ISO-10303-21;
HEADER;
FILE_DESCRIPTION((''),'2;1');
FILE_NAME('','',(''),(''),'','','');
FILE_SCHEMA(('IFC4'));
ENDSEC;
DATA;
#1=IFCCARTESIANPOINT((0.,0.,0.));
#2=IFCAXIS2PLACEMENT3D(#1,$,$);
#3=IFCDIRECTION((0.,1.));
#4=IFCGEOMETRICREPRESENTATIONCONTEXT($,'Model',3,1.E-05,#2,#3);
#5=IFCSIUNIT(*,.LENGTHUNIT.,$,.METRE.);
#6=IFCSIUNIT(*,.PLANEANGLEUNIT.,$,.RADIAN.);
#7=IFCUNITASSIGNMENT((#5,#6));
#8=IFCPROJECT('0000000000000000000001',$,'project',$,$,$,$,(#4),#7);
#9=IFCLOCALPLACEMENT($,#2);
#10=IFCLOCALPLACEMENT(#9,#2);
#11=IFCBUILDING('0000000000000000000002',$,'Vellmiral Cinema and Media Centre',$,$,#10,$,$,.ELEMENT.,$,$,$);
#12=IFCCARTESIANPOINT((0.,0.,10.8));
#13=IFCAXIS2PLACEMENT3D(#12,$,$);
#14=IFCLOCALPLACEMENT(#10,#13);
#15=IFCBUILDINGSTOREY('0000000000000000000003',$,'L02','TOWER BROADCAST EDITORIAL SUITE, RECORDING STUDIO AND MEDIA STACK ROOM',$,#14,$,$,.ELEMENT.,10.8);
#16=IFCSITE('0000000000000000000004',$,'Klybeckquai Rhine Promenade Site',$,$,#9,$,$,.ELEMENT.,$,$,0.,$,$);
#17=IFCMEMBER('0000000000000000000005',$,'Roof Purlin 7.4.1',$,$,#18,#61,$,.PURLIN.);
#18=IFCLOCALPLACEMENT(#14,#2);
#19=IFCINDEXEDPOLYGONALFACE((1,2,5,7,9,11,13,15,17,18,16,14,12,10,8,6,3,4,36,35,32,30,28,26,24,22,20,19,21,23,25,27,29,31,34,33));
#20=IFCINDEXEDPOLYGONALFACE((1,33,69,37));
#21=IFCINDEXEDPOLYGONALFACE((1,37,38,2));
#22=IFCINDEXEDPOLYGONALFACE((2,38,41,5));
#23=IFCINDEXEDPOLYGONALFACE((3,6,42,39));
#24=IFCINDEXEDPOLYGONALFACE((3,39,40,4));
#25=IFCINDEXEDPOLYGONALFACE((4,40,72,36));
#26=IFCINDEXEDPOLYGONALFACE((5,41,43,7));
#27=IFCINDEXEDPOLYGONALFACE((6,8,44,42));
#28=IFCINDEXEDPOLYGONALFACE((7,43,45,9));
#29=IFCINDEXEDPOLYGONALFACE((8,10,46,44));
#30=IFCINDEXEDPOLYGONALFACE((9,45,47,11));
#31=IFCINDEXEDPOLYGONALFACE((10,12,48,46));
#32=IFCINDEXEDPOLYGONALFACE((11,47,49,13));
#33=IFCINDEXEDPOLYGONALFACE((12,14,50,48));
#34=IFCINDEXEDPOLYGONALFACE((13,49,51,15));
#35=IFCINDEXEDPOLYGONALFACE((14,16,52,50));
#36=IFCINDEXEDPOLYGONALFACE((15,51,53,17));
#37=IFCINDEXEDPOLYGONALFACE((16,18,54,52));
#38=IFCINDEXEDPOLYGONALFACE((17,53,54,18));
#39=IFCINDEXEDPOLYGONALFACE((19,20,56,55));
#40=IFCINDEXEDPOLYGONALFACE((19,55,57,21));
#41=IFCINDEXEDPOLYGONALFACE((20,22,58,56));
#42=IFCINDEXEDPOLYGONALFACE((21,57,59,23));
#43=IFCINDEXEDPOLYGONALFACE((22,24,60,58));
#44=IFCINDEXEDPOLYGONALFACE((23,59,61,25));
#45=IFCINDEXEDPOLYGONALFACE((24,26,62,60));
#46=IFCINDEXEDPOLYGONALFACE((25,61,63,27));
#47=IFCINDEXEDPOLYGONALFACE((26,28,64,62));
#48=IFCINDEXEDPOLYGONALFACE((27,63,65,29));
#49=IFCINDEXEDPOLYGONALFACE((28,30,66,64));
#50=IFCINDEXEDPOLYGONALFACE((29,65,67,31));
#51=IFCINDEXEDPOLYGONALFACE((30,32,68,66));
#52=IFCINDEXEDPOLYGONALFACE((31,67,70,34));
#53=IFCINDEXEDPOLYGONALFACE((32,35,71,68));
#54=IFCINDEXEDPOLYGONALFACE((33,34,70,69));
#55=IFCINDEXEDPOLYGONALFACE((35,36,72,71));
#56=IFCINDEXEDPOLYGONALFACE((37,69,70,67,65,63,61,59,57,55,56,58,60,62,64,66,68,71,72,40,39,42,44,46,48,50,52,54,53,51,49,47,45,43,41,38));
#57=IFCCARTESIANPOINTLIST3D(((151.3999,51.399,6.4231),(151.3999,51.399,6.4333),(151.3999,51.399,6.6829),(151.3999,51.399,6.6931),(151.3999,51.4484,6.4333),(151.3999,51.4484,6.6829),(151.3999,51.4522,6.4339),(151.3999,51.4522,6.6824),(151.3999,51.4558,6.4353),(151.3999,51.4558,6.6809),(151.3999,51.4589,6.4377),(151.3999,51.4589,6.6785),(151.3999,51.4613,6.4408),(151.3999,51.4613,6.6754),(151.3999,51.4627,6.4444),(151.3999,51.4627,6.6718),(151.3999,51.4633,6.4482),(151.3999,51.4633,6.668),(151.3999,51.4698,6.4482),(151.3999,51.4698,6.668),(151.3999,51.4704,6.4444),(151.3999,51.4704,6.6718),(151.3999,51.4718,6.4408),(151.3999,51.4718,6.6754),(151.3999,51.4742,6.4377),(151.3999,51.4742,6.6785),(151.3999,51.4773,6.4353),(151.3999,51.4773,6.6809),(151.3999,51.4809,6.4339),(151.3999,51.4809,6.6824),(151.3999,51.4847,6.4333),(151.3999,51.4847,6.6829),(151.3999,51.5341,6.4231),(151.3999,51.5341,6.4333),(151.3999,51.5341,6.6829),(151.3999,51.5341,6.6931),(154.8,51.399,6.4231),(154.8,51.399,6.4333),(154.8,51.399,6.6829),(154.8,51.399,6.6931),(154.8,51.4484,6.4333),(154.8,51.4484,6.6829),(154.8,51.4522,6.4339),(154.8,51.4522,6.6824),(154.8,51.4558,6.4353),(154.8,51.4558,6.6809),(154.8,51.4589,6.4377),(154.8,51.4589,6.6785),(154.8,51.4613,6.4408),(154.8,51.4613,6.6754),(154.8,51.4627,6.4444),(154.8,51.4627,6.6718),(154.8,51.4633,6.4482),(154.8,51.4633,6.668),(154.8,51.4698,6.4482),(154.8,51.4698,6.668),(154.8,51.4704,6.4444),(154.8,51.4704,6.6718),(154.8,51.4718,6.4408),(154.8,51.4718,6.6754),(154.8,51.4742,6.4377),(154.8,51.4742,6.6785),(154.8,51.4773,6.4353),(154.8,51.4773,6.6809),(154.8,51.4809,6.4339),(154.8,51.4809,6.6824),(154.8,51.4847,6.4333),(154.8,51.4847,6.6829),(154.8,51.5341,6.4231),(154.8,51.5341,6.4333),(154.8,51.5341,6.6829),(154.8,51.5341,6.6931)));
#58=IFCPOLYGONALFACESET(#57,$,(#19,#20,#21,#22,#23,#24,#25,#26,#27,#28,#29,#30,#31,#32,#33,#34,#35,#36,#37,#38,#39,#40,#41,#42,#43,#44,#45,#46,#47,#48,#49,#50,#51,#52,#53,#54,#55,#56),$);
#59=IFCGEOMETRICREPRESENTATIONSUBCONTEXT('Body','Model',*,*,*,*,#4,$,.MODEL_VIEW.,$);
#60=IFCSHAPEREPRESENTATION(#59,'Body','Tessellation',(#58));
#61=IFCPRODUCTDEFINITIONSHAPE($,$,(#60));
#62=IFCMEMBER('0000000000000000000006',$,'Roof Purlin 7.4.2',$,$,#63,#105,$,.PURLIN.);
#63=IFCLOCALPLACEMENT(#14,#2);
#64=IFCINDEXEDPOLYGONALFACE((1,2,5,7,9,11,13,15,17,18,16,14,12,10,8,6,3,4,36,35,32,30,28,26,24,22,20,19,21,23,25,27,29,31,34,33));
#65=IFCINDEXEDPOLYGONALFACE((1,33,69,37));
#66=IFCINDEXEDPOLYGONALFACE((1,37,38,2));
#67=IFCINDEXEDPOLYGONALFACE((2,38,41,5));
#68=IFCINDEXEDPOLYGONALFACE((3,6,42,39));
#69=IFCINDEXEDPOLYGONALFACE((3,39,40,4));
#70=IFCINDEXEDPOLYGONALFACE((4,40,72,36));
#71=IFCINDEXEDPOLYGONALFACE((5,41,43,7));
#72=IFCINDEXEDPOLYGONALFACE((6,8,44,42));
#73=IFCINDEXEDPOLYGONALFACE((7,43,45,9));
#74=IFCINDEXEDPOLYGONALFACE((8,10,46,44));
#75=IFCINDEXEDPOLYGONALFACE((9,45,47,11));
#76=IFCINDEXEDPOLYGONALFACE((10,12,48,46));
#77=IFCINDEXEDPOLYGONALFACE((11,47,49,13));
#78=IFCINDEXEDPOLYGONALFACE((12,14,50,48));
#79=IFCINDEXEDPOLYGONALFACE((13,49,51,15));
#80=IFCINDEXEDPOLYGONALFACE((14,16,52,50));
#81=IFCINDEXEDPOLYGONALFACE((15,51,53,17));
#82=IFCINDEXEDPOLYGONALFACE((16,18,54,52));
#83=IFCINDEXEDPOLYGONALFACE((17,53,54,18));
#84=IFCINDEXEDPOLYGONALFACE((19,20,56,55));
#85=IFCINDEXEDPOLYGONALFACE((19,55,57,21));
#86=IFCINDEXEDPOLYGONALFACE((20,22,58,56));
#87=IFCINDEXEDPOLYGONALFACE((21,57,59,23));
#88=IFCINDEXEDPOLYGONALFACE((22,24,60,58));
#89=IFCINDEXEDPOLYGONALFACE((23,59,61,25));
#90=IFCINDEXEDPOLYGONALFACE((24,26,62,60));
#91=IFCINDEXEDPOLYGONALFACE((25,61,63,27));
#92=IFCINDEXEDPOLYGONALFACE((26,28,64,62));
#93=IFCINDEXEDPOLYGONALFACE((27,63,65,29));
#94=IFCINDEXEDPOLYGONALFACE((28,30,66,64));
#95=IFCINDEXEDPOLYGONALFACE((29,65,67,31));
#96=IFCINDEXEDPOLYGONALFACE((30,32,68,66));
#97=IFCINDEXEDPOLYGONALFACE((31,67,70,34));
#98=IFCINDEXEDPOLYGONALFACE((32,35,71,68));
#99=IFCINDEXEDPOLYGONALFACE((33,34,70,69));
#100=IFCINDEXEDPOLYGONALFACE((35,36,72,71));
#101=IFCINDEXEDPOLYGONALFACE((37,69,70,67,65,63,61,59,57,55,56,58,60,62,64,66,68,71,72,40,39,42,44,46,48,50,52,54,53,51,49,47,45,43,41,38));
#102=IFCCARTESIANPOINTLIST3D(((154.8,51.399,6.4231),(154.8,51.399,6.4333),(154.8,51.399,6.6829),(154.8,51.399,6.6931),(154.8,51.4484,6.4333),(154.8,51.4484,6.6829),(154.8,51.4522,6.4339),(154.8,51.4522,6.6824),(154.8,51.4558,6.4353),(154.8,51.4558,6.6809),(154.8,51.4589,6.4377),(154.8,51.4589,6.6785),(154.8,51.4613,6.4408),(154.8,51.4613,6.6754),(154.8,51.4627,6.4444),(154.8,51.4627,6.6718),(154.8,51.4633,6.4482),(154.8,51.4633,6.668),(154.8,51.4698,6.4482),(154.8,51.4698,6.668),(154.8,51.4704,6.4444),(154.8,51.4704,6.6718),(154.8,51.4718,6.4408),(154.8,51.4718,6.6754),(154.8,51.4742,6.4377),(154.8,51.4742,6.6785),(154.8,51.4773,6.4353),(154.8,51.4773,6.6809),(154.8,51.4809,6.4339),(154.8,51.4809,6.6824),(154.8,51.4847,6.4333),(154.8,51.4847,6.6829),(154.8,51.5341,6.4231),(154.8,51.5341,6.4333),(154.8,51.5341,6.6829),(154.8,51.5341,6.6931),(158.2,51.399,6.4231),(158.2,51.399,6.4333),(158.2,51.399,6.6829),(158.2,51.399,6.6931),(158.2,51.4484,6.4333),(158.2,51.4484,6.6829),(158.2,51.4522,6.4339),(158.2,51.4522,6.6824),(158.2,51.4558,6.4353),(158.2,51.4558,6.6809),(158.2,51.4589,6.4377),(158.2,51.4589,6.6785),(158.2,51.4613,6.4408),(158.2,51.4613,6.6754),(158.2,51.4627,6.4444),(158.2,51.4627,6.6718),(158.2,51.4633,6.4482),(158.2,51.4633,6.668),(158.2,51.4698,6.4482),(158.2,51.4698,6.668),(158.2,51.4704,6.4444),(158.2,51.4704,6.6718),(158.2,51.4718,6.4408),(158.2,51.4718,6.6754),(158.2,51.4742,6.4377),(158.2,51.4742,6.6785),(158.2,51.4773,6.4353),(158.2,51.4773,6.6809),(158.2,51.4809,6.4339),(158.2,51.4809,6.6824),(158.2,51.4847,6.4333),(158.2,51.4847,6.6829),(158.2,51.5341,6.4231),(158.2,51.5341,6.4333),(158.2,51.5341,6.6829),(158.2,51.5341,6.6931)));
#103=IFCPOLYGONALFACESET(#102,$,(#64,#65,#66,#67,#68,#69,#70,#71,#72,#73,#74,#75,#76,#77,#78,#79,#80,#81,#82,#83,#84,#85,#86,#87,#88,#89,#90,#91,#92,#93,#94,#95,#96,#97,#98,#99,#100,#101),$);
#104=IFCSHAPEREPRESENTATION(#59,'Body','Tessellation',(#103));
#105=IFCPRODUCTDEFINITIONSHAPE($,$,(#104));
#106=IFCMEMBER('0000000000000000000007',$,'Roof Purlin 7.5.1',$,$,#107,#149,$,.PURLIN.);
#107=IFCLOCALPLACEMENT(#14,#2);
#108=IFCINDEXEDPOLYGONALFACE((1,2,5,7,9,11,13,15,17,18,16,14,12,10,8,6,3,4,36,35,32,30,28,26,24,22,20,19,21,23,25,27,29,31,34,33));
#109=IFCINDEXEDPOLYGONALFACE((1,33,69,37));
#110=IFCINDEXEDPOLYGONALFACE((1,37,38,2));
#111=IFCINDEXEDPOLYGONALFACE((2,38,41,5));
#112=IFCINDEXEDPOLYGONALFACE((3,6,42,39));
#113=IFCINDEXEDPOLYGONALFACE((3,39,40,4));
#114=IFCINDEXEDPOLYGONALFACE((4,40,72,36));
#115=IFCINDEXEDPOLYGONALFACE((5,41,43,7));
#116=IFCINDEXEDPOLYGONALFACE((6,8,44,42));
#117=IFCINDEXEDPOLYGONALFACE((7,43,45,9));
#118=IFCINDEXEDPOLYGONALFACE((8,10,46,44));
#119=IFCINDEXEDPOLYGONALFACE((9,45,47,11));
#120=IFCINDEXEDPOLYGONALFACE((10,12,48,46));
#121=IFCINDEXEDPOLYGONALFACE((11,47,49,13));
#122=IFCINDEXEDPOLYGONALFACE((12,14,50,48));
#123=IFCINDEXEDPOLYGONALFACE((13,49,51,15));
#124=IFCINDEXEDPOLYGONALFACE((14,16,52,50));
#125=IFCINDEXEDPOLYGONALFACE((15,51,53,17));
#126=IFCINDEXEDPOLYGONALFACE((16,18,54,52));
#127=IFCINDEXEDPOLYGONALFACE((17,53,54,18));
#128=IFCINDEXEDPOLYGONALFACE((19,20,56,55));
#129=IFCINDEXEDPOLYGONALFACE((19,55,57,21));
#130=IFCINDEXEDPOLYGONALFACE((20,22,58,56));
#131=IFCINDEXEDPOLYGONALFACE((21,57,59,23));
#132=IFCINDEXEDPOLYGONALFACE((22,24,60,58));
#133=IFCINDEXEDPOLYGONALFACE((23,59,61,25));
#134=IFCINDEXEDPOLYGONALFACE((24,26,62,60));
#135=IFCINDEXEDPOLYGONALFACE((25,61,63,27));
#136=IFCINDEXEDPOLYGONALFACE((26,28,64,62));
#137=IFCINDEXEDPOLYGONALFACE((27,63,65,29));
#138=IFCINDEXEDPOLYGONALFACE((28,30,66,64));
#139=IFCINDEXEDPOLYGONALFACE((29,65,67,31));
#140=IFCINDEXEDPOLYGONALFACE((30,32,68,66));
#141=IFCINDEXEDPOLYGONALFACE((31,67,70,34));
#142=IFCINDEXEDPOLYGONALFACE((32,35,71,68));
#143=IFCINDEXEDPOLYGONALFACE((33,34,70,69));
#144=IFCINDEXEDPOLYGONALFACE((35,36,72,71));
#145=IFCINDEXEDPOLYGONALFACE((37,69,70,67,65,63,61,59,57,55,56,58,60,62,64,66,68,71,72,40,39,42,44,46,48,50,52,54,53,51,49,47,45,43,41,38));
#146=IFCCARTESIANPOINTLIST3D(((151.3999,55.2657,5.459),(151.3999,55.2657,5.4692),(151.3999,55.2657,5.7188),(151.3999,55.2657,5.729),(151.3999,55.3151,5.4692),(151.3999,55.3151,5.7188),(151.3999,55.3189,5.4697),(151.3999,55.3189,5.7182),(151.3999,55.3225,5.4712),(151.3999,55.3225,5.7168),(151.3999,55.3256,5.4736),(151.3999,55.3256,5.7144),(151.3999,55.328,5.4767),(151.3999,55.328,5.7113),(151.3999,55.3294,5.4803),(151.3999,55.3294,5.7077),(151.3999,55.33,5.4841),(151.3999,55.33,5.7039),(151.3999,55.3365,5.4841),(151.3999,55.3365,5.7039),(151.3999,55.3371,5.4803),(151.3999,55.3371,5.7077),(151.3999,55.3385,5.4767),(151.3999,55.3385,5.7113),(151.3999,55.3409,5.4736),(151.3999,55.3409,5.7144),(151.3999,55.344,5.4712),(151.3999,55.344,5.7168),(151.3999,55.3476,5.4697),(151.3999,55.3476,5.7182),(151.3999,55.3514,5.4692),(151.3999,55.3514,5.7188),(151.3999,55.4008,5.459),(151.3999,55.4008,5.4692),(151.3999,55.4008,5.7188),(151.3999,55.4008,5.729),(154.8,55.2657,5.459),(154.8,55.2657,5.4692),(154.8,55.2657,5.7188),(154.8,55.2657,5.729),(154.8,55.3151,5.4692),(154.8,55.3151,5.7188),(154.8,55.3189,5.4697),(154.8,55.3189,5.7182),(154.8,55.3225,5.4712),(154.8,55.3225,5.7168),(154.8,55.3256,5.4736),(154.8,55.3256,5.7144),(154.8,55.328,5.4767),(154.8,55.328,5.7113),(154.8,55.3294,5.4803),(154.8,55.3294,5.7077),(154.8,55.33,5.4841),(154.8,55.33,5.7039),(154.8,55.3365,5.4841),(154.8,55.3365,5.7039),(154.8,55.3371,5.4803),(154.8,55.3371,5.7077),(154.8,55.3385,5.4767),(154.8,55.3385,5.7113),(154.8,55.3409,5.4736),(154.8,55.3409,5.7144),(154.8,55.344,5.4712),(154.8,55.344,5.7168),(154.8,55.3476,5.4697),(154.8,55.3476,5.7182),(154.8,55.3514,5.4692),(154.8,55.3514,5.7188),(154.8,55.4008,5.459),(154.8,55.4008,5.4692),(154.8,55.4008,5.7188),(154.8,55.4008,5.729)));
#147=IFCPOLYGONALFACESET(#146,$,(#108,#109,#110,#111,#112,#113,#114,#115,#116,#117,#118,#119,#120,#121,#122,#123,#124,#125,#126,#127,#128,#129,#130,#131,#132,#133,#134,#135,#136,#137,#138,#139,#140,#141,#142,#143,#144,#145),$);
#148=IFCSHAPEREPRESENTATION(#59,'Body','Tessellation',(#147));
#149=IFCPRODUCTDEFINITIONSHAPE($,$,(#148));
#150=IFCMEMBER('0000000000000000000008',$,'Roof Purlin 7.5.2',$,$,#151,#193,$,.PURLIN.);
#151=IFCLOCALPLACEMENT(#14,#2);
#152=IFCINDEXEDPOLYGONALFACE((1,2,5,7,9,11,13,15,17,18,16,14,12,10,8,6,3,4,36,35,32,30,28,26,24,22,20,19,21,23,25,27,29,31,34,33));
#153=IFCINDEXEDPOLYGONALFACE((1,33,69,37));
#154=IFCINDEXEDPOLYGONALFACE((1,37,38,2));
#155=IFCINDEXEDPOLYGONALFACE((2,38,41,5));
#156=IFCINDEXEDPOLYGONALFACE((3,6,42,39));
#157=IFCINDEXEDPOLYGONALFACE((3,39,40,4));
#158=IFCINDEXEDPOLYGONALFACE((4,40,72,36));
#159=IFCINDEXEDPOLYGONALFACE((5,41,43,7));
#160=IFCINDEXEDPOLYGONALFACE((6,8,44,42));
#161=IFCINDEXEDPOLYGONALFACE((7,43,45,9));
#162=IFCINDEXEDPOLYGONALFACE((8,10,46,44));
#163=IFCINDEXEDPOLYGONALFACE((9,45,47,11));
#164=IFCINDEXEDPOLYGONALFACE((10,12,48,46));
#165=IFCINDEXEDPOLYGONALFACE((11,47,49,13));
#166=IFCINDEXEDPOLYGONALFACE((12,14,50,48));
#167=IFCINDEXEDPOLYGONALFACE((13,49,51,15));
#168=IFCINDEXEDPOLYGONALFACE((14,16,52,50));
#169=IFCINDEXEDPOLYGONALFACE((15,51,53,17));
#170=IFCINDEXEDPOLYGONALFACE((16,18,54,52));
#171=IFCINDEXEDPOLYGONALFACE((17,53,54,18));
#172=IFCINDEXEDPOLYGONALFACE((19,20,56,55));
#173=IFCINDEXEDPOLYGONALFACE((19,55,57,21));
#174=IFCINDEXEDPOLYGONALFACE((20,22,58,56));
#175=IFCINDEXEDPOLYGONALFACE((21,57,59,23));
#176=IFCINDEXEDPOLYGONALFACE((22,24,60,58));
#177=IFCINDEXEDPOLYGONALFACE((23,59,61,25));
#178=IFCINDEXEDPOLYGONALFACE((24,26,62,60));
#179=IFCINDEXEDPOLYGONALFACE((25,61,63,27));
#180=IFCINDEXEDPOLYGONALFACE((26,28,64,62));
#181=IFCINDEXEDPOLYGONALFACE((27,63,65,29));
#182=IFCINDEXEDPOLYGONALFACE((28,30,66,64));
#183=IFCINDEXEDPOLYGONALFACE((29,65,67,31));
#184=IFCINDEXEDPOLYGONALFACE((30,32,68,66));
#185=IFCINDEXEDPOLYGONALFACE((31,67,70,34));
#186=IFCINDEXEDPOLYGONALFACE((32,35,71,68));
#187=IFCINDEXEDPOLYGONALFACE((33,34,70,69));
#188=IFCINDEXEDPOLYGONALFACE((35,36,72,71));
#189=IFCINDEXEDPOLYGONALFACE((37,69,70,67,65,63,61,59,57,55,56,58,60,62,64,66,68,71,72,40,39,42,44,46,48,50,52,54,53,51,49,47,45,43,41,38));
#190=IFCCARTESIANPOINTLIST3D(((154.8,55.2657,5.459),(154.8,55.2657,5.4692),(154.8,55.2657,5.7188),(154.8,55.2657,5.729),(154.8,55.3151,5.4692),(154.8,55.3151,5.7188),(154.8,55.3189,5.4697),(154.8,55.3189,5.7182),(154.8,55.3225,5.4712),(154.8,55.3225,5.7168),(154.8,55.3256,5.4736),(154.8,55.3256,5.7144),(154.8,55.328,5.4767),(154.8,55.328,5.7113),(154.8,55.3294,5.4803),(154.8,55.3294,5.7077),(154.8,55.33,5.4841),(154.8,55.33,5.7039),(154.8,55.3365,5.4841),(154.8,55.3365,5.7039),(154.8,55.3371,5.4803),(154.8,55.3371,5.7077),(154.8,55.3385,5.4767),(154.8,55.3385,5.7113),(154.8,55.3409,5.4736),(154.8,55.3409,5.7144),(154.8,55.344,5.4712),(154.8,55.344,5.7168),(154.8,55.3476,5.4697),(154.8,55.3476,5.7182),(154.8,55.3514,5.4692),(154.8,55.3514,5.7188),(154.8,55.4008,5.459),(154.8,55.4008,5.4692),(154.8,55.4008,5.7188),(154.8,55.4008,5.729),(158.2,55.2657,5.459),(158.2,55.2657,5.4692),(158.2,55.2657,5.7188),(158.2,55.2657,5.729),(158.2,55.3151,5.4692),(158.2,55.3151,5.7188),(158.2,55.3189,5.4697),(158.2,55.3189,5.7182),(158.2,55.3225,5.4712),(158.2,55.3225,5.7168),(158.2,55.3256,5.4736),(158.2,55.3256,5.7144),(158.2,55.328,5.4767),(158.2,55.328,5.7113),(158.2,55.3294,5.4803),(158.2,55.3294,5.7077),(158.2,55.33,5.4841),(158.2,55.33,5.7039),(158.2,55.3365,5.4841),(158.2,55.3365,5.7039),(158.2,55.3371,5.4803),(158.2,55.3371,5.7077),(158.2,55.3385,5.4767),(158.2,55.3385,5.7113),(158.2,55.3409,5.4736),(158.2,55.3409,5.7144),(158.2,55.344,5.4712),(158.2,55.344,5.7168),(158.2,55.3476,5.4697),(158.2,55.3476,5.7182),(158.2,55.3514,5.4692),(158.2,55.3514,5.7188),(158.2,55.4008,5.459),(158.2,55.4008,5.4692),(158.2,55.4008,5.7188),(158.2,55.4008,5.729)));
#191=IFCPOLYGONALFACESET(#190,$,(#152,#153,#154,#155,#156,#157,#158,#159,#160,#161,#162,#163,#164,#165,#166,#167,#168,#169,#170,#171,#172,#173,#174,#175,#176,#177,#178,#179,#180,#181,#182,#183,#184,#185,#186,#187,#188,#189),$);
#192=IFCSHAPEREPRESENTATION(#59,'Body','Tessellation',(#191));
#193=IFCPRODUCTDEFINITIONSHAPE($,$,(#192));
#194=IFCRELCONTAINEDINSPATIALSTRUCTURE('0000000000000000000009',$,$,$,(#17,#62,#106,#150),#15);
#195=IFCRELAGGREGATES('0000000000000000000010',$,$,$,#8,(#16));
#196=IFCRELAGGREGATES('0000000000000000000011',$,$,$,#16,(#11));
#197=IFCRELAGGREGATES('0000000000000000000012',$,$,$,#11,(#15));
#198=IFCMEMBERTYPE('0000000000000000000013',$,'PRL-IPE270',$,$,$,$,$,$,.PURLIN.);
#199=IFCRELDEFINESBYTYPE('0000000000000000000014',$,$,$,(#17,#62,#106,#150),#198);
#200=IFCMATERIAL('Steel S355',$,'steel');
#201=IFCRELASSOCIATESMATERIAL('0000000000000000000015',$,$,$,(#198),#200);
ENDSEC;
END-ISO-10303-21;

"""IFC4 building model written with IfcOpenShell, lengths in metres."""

from ifc_helpers import new_model, si_unit, direction, frame, origin, origin_2d, place, context, subcontext, project, spatial, i_section, extrude, material, material_profile, profile_set, type_object, element, save


model = new_model("IFC4")

# Units and contexts
model_context = context("Model", 3, precision=1e-05, world=origin(), true_north=direction((0.0, 1.0)))
body_context = subcontext(model_context, "Body", "Model", "MODEL_VIEW")
ifc_project = project(units=[si_unit("LENGTHUNIT", "METRE"), si_unit("PLANEANGLEUNIT", "RADIAN")], contexts=[model_context])

# Site, building, storey
site_placement = place(None, origin())
site = spatial("IfcSite", under=ifc_project, at=site_placement, Name="Klybeckquai Rhine Promenade Site", CompositionType="ELEMENT", RefElevation=0.0)
building_placement = place(site_placement, origin())
building = spatial("IfcBuilding", under=site, at=building_placement, Name="Vellmiral Cinema and Media Centre", CompositionType="ELEMENT")
storey_placement = place(building_placement, frame((0.0, 0.0, 10.8)))
storey = spatial("IfcBuildingStorey", under=building, at=storey_placement, Name="L02", Description="TOWER BROADCAST EDITORIAL SUITE, RECORDING STUDIO AND MEDIA STACK ROOM", CompositionType="ELEMENT", Elevation=10.8)

# Members
ifc_material_1 = material(Name="Steel S355", Category="steel")
ifc_material_profile_1 = material_profile(ifc_material_1, i_section(OverallWidth=0.135, OverallDepth=0.27, WebThickness=0.0066, FlangeThickness=0.0103, FilletRadius=0.0149, at=origin_2d()), Name="IPE 270")
ifc_profile_set_1 = profile_set([ifc_material_profile_1], Name="Steel S355")
member_type_1 = type_object("IfcMemberType", Name="PRL-IPE270", PredefinedType="PURLIN", material=ifc_profile_set_1)
member_1_placement = place(storey_placement, frame((151.3999, 51.4666, 6.5581), z_axis=(1.0, 0.0, 0.0), x_axis=(0.0, 1.0, 0.0)))
element("IfcMember", 1, at=member_1_placement, inside=storey, type_object=member_type_1, Name="Roof Purlin 7.4.1", PredefinedType="PURLIN", context=body_context, shape_type="SweptSolid", body=[
    extrude(i_section(OverallWidth=0.135, OverallDepth=0.27, WebThickness=0.0066, FlangeThickness=0.0103, FilletRadius=0.0149, at=origin_2d()), origin(), (0.0, 0.0, 1.0), 3.4001),
])
member_2_placement = place(storey_placement, frame((154.8, 51.4666, 6.5581), z_axis=(1.0, 0.0, 0.0), x_axis=(0.0, 1.0, 0.0)))
element("IfcMember", 2, at=member_2_placement, inside=storey, type_object=member_type_1, Name="Roof Purlin 7.4.2", PredefinedType="PURLIN", context=body_context, shape_type="SweptSolid", body=[
    extrude(i_section(OverallWidth=0.135, OverallDepth=0.27, WebThickness=0.0066, FlangeThickness=0.0103, FilletRadius=0.0149, at=origin_2d()), origin(), (0.0, 0.0, 1.0), 3.3999),
])
member_3_placement = place(storey_placement, frame((151.3999, 55.3333, 5.594), z_axis=(1.0, 0.0, 0.0), x_axis=(0.0, 1.0, 0.0)))
element("IfcMember", 3, at=member_3_placement, inside=storey, type_object=member_type_1, Name="Roof Purlin 7.5.1", PredefinedType="PURLIN", context=body_context, shape_type="SweptSolid", body=[
    extrude(i_section(OverallWidth=0.135, OverallDepth=0.27, WebThickness=0.0066, FlangeThickness=0.0103, FilletRadius=0.0149, at=origin_2d()), origin(), (0.0, 0.0, 1.0), 3.4001),
])
member_4_placement = place(storey_placement, frame((154.8, 55.3333, 5.594), z_axis=(1.0, 0.0, 0.0), x_axis=(0.0, 1.0, 0.0)))
element("IfcMember", 4, at=member_4_placement, inside=storey, type_object=member_type_1, Name="Roof Purlin 7.5.2", PredefinedType="PURLIN", context=body_context, shape_type="SweptSolid", body=[
    extrude(i_section(OverallWidth=0.135, OverallDepth=0.27, WebThickness=0.0066, FlangeThickness=0.0103, FilletRadius=0.0149, at=origin_2d()), origin(), (0.0, 0.0, 1.0), 3.3999),
])

save(model, "model.ifc")
